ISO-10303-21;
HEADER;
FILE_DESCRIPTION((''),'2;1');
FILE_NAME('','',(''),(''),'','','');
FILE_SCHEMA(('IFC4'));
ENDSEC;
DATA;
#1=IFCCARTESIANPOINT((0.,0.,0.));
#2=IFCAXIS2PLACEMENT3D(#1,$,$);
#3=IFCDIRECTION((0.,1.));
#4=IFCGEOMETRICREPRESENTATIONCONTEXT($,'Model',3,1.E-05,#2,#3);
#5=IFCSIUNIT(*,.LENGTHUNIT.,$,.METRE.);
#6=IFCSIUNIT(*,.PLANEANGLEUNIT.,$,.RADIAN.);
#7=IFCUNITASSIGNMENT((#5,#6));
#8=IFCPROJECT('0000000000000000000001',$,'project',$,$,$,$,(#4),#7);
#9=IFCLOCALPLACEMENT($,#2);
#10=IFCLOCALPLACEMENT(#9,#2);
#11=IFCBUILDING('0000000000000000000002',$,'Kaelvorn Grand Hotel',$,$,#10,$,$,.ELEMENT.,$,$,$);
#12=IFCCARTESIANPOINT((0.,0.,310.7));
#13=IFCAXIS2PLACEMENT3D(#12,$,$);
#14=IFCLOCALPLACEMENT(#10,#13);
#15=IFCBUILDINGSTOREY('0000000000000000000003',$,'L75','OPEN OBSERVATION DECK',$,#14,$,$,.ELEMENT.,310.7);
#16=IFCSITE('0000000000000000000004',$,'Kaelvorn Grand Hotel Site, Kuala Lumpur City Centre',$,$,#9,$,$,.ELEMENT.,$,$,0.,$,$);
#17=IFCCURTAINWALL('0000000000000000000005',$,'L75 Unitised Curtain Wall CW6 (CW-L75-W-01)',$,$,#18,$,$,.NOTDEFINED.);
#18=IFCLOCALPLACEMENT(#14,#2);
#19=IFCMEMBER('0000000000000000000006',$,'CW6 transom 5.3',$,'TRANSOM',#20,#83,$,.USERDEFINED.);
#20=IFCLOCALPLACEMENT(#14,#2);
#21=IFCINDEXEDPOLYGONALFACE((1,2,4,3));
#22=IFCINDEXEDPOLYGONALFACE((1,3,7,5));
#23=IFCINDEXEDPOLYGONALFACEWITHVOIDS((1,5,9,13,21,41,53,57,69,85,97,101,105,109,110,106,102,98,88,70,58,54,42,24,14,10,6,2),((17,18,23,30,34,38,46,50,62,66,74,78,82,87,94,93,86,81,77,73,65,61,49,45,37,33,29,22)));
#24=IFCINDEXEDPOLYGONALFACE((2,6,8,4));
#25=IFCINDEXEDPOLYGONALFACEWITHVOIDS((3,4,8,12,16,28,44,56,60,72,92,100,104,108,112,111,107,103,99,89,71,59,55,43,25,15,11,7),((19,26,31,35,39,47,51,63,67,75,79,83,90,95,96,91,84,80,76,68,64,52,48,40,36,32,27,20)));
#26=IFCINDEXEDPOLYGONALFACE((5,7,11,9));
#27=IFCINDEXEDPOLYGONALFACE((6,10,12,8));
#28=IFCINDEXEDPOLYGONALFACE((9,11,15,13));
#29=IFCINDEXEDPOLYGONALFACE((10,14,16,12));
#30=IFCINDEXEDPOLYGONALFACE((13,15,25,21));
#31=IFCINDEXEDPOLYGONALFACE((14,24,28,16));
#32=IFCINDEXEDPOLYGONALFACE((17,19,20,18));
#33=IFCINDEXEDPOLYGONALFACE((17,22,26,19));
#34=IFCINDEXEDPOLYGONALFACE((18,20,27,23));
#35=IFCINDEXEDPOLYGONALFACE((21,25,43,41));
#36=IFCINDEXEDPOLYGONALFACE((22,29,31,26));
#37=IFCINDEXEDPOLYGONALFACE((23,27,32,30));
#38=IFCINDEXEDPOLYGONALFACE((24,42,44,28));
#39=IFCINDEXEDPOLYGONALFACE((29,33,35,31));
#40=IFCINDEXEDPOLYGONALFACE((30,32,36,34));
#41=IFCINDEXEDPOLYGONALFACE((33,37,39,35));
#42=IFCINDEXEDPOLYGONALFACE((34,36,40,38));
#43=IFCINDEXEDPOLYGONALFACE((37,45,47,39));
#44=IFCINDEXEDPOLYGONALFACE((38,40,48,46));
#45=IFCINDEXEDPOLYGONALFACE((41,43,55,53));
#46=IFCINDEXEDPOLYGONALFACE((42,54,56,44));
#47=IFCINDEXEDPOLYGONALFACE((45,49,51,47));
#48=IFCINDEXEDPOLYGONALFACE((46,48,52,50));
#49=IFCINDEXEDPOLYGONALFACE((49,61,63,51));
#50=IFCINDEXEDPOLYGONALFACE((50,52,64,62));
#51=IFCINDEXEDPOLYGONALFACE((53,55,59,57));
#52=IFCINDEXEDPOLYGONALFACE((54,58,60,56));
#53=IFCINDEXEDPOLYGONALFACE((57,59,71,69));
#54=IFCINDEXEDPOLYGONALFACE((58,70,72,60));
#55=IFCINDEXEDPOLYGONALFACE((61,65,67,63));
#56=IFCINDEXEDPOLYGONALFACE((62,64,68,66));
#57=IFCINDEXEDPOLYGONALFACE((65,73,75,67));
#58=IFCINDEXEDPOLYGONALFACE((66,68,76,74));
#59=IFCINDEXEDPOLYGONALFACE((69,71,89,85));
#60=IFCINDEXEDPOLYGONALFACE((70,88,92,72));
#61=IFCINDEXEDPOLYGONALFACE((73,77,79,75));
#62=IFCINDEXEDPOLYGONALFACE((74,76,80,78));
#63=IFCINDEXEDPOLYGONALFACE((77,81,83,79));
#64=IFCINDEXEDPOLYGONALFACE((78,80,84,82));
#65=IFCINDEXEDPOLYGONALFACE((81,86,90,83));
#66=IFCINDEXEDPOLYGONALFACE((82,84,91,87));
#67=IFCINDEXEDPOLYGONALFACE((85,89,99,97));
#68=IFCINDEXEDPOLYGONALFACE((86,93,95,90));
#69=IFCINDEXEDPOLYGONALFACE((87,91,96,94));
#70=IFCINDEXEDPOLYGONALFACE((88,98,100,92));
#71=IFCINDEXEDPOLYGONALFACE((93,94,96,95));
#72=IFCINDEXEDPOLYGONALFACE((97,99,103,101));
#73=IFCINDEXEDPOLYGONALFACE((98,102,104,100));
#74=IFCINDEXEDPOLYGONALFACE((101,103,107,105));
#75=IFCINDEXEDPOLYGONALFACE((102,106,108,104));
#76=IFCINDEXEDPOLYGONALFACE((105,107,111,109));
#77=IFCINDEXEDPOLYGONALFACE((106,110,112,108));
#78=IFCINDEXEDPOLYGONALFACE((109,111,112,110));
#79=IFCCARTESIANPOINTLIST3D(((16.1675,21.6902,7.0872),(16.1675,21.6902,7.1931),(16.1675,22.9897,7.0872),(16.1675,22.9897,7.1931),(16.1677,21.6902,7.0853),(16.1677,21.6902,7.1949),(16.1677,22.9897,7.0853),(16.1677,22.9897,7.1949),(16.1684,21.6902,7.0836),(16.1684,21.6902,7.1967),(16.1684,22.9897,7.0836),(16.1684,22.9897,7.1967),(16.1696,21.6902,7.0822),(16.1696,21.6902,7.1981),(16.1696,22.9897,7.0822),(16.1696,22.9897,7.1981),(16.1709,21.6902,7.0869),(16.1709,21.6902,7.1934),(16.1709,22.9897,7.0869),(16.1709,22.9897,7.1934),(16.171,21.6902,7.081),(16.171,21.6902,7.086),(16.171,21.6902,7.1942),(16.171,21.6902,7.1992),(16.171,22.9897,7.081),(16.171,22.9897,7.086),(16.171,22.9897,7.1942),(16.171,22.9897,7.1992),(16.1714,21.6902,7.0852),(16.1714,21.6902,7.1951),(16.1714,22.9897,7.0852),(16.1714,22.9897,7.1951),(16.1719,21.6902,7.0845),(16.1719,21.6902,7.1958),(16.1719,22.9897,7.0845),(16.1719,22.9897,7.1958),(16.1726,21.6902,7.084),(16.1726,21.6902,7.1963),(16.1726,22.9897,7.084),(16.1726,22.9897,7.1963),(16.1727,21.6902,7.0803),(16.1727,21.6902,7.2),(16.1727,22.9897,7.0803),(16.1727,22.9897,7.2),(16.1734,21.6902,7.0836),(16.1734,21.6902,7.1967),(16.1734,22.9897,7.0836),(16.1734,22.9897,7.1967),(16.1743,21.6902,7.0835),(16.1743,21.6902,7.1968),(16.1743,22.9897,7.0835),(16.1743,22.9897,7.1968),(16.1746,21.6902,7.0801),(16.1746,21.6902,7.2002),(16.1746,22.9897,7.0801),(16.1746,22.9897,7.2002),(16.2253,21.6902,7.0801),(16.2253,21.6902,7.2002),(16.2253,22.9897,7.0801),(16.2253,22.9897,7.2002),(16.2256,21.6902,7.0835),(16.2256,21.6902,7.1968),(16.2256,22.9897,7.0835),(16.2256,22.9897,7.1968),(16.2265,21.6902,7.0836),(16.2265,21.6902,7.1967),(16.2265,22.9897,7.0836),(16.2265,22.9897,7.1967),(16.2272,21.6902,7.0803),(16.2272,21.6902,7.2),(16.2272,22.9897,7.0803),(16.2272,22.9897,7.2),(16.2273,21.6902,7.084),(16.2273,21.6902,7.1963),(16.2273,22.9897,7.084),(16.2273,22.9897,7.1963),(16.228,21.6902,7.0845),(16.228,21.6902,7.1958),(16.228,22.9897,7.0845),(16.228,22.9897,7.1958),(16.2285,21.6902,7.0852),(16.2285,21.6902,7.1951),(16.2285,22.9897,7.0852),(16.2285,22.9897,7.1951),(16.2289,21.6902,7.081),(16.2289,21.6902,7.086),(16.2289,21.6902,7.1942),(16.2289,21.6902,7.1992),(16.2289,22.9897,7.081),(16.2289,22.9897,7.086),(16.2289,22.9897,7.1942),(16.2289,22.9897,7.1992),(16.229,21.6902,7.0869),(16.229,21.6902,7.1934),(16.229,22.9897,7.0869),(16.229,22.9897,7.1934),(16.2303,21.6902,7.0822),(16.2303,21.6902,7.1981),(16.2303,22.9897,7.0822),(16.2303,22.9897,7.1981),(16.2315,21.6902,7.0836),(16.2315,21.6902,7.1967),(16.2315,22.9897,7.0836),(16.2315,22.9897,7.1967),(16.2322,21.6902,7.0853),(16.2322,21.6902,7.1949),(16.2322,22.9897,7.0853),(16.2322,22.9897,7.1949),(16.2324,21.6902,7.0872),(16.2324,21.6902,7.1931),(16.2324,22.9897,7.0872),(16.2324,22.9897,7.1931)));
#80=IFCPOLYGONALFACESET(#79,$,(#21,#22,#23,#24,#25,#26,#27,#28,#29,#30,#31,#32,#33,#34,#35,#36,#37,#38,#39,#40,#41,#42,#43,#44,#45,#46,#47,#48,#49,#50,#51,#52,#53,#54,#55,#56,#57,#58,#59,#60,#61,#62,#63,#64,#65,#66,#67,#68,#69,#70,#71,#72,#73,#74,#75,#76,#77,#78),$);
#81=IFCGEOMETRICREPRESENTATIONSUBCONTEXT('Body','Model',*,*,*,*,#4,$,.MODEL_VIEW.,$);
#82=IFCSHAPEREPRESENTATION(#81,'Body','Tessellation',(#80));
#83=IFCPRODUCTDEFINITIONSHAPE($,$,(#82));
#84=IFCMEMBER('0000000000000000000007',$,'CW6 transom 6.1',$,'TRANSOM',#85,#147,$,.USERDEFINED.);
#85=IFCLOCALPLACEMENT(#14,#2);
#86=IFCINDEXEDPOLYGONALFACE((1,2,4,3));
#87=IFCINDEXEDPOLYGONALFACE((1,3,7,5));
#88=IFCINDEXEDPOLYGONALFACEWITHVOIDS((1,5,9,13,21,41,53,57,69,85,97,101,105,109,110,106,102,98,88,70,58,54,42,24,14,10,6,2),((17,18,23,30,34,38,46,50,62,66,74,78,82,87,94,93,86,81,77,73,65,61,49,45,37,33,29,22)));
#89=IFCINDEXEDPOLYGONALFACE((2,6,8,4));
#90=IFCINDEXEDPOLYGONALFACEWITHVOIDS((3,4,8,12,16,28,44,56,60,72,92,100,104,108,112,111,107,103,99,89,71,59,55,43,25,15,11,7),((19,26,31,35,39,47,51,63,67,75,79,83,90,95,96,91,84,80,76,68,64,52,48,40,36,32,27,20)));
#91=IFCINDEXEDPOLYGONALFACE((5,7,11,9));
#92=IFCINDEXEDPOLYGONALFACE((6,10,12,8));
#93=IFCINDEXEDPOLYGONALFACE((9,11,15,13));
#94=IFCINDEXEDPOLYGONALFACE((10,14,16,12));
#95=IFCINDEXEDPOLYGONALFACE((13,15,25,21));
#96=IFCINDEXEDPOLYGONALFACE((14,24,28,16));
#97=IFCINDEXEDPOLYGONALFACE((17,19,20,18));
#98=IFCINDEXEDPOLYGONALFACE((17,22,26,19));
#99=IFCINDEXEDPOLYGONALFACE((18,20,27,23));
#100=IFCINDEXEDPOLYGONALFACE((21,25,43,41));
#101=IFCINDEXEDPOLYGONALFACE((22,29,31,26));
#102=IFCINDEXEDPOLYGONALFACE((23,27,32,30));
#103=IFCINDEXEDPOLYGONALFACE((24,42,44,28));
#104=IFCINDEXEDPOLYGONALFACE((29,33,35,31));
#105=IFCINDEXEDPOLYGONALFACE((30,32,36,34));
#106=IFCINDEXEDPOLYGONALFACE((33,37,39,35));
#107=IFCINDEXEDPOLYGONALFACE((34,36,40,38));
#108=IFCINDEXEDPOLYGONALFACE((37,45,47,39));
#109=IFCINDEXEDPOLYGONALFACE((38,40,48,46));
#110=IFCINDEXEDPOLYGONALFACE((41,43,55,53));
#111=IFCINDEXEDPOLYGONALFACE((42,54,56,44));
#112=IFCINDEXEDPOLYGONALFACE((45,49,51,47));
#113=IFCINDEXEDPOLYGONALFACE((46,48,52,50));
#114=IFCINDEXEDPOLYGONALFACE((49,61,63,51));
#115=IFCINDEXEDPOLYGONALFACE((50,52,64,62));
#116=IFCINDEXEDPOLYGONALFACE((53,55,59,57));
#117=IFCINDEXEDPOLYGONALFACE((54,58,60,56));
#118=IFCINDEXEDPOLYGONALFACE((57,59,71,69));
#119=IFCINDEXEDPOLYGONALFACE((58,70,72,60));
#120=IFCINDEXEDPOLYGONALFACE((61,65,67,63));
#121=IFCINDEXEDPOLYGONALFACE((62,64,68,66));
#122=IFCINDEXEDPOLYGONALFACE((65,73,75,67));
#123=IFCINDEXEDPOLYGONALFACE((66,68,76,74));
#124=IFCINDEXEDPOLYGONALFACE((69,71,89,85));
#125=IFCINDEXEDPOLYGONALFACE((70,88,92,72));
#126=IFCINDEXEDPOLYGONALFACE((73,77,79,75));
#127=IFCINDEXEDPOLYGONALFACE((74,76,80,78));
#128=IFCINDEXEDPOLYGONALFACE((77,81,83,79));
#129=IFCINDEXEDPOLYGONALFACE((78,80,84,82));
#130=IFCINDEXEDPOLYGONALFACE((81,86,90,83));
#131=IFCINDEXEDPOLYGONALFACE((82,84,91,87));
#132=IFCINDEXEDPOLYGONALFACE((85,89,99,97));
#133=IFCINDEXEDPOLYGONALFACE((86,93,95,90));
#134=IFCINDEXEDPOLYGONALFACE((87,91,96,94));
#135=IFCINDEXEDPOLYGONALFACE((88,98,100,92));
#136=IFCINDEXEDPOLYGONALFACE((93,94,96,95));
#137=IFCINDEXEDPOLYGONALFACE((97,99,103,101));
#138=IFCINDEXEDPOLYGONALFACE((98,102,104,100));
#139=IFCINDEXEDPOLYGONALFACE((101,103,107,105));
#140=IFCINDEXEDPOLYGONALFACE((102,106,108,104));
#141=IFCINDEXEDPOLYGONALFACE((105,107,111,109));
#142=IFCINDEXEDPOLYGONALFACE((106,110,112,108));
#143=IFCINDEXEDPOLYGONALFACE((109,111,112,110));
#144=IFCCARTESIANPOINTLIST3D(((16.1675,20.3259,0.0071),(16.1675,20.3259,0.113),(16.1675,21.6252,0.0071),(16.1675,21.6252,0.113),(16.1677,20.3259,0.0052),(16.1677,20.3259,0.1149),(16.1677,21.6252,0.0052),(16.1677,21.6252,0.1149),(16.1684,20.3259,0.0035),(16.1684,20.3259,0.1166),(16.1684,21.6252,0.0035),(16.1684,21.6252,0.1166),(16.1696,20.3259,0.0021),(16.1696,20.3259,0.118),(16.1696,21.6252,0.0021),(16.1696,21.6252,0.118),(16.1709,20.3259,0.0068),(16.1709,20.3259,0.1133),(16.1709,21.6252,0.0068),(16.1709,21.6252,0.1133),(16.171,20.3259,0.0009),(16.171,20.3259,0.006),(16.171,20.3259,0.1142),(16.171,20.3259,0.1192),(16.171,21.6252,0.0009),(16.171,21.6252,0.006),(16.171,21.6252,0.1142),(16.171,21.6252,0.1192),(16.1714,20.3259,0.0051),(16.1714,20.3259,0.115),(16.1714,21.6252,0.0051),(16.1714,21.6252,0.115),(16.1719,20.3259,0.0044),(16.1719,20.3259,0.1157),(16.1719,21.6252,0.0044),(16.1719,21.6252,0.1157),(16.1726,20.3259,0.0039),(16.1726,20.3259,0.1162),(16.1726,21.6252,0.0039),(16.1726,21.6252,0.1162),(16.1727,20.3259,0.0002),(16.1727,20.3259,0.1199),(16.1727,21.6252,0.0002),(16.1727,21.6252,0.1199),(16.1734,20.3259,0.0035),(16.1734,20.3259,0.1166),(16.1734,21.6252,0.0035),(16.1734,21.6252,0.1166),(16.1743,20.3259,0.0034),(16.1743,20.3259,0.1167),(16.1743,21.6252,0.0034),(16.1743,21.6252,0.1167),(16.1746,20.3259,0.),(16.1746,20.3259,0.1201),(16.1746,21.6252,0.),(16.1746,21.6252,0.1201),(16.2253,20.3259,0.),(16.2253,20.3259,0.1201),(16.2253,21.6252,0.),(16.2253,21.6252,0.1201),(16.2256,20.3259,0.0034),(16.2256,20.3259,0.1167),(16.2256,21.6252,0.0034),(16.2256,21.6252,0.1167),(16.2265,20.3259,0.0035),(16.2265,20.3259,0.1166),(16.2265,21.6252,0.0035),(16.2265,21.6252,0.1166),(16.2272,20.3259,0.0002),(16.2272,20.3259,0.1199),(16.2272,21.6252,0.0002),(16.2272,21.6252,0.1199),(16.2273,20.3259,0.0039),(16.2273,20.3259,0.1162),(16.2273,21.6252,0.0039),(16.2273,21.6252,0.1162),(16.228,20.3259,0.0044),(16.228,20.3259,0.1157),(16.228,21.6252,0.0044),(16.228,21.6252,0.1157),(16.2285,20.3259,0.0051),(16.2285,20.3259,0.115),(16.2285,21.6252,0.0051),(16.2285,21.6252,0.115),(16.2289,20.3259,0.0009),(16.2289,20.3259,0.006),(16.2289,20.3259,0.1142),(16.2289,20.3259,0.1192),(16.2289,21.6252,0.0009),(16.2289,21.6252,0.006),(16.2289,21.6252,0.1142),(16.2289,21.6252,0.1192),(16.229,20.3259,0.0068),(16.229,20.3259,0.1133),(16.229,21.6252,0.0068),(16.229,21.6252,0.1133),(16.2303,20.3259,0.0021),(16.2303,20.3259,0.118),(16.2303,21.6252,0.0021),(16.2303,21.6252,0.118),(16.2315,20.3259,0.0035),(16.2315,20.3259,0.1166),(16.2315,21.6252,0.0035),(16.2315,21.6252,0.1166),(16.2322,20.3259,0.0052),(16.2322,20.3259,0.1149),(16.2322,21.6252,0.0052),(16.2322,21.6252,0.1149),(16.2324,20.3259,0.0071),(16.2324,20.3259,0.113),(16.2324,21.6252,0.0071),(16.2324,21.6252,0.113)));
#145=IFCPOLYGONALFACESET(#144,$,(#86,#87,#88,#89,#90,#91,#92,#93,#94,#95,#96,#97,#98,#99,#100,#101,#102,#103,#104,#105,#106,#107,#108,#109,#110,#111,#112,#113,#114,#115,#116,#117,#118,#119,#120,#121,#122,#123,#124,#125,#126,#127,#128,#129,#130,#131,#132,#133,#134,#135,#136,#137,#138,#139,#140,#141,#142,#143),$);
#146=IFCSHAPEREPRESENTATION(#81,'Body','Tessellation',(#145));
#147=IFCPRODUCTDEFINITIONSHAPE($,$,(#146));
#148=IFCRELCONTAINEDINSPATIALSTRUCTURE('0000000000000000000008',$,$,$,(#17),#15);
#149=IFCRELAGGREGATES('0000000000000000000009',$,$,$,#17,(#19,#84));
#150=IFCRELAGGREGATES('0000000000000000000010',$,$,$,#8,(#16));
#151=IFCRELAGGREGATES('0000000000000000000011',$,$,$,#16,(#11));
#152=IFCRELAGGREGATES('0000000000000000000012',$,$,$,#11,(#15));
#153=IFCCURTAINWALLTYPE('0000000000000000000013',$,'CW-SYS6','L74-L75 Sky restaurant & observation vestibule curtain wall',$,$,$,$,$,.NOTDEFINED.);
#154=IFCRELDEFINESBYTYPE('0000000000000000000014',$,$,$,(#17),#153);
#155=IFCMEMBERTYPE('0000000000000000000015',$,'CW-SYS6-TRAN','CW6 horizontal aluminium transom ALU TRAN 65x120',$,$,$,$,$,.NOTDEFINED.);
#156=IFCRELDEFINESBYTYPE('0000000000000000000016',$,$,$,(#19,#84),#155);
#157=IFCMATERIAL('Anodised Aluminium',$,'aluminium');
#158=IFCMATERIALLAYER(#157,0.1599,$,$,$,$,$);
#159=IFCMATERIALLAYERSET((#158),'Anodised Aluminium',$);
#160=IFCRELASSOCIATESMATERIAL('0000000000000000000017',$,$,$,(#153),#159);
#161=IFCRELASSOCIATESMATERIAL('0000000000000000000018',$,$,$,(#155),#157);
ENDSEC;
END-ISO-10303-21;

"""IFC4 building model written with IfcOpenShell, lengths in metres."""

from ifc_helpers import new_model, si_unit, direction, frame, origin, origin_2d, place, context, subcontext, project, spatial, hollow_rectangle, extrude, material, layer, layer_set, material_profile, profile_set, type_object, element, aggregate, save


model = new_model("IFC4")

# Units and contexts
model_context = context("Model", 3, precision=1e-05, world=origin(), true_north=direction((0.0, 1.0)))
body_context = subcontext(model_context, "Body", "Model", "MODEL_VIEW")
ifc_project = project(units=[si_unit("LENGTHUNIT", "METRE"), si_unit("PLANEANGLEUNIT", "RADIAN")], contexts=[model_context])

# Site, building, storey
site_placement = place(None, origin())
site = spatial("IfcSite", under=ifc_project, at=site_placement, Name="Kaelvorn Grand Hotel Site, Kuala Lumpur City Centre", CompositionType="ELEMENT", RefElevation=0.0)
building_placement = place(site_placement, origin())
building = spatial("IfcBuilding", under=site, at=building_placement, Name="Kaelvorn Grand Hotel", CompositionType="ELEMENT")
storey_placement = place(building_placement, frame((0.0, 0.0, 310.7)))
storey = spatial("IfcBuildingStorey", under=building, at=storey_placement, Name="L75", Description="OPEN OBSERVATION DECK", CompositionType="ELEMENT", Elevation=310.7)

# Curtain wall, members
ifc_material_1 = material(Name="Anodised Aluminium", Category="aluminium")
ifc_layer_1 = layer(ifc_material_1, 0.1599)
ifc_layer_set_1 = layer_set([ifc_layer_1], Name="Anodised Aluminium")
curtain_wall_type = type_object("IfcCurtainWallType", Name="CW-SYS6", Description="L74-L75 Sky restaurant & observation vestibule curtain wall", PredefinedType="NOTDEFINED", material=ifc_layer_set_1)
curtain_wall_placement = place(storey_placement, origin())
curtain_wall = element("IfcCurtainWall", 1, at=curtain_wall_placement, inside=storey, type_object=curtain_wall_type, Name="L75 Unitised Curtain Wall CW6 (CW-L75-W-01)", PredefinedType="NOTDEFINED")
ifc_material_profile_1 = material_profile(ifc_material_1, hollow_rectangle(XDim=0.0649, YDim=0.1201, WallThickness=0.0034, InnerFilletRadius=0.0034, OuterFilletRadius=0.0071, at=origin_2d()), Name="ALU TRAN 65x120")
ifc_profile_set_1 = profile_set([ifc_material_profile_1], Name="Anodised Aluminium")
member_type_1 = type_object("IfcMemberType", Name="CW-SYS6-TRAN", Description="CW6 horizontal aluminium transom ALU TRAN 65x120", PredefinedType="NOTDEFINED", material=ifc_profile_set_1)
member_1_placement = place(storey_placement, frame((16.2, 22.9897, 7.1401), z_axis=(0.0, -1.0, 0.0), x_axis=(1.0, 0.0, 0.0)))
member_1 = element("IfcMember", 2, at=member_1_placement, type_object=member_type_1, Name="CW6 transom 5.3", ObjectType="TRANSOM", PredefinedType="USERDEFINED", context=body_context, shape_type="SweptSolid", body=[
    extrude(hollow_rectangle(XDim=0.0649, YDim=0.1201, WallThickness=0.0034, InnerFilletRadius=0.0034, OuterFilletRadius=0.0071, at=origin_2d()), origin(), (0.0, 0.0, 1.0), 1.2996),
])
member_2_placement = place(storey_placement, frame((16.2, 21.6252, 0.0601), z_axis=(0.0, -1.0, 0.0), x_axis=(1.0, 0.0, 0.0)))
member_2 = element("IfcMember", 3, at=member_2_placement, type_object=member_type_1, Name="CW6 transom 6.1", ObjectType="TRANSOM", PredefinedType="USERDEFINED", context=body_context, shape_type="SweptSolid", body=[
    extrude(hollow_rectangle(XDim=0.0649, YDim=0.1201, WallThickness=0.0034, InnerFilletRadius=0.0034, OuterFilletRadius=0.0071, at=origin_2d()), origin(), (0.0, 0.0, 1.0), 1.2993),
])
aggregate(curtain_wall, [member_1, member_2])

save(model, "model.ifc")
